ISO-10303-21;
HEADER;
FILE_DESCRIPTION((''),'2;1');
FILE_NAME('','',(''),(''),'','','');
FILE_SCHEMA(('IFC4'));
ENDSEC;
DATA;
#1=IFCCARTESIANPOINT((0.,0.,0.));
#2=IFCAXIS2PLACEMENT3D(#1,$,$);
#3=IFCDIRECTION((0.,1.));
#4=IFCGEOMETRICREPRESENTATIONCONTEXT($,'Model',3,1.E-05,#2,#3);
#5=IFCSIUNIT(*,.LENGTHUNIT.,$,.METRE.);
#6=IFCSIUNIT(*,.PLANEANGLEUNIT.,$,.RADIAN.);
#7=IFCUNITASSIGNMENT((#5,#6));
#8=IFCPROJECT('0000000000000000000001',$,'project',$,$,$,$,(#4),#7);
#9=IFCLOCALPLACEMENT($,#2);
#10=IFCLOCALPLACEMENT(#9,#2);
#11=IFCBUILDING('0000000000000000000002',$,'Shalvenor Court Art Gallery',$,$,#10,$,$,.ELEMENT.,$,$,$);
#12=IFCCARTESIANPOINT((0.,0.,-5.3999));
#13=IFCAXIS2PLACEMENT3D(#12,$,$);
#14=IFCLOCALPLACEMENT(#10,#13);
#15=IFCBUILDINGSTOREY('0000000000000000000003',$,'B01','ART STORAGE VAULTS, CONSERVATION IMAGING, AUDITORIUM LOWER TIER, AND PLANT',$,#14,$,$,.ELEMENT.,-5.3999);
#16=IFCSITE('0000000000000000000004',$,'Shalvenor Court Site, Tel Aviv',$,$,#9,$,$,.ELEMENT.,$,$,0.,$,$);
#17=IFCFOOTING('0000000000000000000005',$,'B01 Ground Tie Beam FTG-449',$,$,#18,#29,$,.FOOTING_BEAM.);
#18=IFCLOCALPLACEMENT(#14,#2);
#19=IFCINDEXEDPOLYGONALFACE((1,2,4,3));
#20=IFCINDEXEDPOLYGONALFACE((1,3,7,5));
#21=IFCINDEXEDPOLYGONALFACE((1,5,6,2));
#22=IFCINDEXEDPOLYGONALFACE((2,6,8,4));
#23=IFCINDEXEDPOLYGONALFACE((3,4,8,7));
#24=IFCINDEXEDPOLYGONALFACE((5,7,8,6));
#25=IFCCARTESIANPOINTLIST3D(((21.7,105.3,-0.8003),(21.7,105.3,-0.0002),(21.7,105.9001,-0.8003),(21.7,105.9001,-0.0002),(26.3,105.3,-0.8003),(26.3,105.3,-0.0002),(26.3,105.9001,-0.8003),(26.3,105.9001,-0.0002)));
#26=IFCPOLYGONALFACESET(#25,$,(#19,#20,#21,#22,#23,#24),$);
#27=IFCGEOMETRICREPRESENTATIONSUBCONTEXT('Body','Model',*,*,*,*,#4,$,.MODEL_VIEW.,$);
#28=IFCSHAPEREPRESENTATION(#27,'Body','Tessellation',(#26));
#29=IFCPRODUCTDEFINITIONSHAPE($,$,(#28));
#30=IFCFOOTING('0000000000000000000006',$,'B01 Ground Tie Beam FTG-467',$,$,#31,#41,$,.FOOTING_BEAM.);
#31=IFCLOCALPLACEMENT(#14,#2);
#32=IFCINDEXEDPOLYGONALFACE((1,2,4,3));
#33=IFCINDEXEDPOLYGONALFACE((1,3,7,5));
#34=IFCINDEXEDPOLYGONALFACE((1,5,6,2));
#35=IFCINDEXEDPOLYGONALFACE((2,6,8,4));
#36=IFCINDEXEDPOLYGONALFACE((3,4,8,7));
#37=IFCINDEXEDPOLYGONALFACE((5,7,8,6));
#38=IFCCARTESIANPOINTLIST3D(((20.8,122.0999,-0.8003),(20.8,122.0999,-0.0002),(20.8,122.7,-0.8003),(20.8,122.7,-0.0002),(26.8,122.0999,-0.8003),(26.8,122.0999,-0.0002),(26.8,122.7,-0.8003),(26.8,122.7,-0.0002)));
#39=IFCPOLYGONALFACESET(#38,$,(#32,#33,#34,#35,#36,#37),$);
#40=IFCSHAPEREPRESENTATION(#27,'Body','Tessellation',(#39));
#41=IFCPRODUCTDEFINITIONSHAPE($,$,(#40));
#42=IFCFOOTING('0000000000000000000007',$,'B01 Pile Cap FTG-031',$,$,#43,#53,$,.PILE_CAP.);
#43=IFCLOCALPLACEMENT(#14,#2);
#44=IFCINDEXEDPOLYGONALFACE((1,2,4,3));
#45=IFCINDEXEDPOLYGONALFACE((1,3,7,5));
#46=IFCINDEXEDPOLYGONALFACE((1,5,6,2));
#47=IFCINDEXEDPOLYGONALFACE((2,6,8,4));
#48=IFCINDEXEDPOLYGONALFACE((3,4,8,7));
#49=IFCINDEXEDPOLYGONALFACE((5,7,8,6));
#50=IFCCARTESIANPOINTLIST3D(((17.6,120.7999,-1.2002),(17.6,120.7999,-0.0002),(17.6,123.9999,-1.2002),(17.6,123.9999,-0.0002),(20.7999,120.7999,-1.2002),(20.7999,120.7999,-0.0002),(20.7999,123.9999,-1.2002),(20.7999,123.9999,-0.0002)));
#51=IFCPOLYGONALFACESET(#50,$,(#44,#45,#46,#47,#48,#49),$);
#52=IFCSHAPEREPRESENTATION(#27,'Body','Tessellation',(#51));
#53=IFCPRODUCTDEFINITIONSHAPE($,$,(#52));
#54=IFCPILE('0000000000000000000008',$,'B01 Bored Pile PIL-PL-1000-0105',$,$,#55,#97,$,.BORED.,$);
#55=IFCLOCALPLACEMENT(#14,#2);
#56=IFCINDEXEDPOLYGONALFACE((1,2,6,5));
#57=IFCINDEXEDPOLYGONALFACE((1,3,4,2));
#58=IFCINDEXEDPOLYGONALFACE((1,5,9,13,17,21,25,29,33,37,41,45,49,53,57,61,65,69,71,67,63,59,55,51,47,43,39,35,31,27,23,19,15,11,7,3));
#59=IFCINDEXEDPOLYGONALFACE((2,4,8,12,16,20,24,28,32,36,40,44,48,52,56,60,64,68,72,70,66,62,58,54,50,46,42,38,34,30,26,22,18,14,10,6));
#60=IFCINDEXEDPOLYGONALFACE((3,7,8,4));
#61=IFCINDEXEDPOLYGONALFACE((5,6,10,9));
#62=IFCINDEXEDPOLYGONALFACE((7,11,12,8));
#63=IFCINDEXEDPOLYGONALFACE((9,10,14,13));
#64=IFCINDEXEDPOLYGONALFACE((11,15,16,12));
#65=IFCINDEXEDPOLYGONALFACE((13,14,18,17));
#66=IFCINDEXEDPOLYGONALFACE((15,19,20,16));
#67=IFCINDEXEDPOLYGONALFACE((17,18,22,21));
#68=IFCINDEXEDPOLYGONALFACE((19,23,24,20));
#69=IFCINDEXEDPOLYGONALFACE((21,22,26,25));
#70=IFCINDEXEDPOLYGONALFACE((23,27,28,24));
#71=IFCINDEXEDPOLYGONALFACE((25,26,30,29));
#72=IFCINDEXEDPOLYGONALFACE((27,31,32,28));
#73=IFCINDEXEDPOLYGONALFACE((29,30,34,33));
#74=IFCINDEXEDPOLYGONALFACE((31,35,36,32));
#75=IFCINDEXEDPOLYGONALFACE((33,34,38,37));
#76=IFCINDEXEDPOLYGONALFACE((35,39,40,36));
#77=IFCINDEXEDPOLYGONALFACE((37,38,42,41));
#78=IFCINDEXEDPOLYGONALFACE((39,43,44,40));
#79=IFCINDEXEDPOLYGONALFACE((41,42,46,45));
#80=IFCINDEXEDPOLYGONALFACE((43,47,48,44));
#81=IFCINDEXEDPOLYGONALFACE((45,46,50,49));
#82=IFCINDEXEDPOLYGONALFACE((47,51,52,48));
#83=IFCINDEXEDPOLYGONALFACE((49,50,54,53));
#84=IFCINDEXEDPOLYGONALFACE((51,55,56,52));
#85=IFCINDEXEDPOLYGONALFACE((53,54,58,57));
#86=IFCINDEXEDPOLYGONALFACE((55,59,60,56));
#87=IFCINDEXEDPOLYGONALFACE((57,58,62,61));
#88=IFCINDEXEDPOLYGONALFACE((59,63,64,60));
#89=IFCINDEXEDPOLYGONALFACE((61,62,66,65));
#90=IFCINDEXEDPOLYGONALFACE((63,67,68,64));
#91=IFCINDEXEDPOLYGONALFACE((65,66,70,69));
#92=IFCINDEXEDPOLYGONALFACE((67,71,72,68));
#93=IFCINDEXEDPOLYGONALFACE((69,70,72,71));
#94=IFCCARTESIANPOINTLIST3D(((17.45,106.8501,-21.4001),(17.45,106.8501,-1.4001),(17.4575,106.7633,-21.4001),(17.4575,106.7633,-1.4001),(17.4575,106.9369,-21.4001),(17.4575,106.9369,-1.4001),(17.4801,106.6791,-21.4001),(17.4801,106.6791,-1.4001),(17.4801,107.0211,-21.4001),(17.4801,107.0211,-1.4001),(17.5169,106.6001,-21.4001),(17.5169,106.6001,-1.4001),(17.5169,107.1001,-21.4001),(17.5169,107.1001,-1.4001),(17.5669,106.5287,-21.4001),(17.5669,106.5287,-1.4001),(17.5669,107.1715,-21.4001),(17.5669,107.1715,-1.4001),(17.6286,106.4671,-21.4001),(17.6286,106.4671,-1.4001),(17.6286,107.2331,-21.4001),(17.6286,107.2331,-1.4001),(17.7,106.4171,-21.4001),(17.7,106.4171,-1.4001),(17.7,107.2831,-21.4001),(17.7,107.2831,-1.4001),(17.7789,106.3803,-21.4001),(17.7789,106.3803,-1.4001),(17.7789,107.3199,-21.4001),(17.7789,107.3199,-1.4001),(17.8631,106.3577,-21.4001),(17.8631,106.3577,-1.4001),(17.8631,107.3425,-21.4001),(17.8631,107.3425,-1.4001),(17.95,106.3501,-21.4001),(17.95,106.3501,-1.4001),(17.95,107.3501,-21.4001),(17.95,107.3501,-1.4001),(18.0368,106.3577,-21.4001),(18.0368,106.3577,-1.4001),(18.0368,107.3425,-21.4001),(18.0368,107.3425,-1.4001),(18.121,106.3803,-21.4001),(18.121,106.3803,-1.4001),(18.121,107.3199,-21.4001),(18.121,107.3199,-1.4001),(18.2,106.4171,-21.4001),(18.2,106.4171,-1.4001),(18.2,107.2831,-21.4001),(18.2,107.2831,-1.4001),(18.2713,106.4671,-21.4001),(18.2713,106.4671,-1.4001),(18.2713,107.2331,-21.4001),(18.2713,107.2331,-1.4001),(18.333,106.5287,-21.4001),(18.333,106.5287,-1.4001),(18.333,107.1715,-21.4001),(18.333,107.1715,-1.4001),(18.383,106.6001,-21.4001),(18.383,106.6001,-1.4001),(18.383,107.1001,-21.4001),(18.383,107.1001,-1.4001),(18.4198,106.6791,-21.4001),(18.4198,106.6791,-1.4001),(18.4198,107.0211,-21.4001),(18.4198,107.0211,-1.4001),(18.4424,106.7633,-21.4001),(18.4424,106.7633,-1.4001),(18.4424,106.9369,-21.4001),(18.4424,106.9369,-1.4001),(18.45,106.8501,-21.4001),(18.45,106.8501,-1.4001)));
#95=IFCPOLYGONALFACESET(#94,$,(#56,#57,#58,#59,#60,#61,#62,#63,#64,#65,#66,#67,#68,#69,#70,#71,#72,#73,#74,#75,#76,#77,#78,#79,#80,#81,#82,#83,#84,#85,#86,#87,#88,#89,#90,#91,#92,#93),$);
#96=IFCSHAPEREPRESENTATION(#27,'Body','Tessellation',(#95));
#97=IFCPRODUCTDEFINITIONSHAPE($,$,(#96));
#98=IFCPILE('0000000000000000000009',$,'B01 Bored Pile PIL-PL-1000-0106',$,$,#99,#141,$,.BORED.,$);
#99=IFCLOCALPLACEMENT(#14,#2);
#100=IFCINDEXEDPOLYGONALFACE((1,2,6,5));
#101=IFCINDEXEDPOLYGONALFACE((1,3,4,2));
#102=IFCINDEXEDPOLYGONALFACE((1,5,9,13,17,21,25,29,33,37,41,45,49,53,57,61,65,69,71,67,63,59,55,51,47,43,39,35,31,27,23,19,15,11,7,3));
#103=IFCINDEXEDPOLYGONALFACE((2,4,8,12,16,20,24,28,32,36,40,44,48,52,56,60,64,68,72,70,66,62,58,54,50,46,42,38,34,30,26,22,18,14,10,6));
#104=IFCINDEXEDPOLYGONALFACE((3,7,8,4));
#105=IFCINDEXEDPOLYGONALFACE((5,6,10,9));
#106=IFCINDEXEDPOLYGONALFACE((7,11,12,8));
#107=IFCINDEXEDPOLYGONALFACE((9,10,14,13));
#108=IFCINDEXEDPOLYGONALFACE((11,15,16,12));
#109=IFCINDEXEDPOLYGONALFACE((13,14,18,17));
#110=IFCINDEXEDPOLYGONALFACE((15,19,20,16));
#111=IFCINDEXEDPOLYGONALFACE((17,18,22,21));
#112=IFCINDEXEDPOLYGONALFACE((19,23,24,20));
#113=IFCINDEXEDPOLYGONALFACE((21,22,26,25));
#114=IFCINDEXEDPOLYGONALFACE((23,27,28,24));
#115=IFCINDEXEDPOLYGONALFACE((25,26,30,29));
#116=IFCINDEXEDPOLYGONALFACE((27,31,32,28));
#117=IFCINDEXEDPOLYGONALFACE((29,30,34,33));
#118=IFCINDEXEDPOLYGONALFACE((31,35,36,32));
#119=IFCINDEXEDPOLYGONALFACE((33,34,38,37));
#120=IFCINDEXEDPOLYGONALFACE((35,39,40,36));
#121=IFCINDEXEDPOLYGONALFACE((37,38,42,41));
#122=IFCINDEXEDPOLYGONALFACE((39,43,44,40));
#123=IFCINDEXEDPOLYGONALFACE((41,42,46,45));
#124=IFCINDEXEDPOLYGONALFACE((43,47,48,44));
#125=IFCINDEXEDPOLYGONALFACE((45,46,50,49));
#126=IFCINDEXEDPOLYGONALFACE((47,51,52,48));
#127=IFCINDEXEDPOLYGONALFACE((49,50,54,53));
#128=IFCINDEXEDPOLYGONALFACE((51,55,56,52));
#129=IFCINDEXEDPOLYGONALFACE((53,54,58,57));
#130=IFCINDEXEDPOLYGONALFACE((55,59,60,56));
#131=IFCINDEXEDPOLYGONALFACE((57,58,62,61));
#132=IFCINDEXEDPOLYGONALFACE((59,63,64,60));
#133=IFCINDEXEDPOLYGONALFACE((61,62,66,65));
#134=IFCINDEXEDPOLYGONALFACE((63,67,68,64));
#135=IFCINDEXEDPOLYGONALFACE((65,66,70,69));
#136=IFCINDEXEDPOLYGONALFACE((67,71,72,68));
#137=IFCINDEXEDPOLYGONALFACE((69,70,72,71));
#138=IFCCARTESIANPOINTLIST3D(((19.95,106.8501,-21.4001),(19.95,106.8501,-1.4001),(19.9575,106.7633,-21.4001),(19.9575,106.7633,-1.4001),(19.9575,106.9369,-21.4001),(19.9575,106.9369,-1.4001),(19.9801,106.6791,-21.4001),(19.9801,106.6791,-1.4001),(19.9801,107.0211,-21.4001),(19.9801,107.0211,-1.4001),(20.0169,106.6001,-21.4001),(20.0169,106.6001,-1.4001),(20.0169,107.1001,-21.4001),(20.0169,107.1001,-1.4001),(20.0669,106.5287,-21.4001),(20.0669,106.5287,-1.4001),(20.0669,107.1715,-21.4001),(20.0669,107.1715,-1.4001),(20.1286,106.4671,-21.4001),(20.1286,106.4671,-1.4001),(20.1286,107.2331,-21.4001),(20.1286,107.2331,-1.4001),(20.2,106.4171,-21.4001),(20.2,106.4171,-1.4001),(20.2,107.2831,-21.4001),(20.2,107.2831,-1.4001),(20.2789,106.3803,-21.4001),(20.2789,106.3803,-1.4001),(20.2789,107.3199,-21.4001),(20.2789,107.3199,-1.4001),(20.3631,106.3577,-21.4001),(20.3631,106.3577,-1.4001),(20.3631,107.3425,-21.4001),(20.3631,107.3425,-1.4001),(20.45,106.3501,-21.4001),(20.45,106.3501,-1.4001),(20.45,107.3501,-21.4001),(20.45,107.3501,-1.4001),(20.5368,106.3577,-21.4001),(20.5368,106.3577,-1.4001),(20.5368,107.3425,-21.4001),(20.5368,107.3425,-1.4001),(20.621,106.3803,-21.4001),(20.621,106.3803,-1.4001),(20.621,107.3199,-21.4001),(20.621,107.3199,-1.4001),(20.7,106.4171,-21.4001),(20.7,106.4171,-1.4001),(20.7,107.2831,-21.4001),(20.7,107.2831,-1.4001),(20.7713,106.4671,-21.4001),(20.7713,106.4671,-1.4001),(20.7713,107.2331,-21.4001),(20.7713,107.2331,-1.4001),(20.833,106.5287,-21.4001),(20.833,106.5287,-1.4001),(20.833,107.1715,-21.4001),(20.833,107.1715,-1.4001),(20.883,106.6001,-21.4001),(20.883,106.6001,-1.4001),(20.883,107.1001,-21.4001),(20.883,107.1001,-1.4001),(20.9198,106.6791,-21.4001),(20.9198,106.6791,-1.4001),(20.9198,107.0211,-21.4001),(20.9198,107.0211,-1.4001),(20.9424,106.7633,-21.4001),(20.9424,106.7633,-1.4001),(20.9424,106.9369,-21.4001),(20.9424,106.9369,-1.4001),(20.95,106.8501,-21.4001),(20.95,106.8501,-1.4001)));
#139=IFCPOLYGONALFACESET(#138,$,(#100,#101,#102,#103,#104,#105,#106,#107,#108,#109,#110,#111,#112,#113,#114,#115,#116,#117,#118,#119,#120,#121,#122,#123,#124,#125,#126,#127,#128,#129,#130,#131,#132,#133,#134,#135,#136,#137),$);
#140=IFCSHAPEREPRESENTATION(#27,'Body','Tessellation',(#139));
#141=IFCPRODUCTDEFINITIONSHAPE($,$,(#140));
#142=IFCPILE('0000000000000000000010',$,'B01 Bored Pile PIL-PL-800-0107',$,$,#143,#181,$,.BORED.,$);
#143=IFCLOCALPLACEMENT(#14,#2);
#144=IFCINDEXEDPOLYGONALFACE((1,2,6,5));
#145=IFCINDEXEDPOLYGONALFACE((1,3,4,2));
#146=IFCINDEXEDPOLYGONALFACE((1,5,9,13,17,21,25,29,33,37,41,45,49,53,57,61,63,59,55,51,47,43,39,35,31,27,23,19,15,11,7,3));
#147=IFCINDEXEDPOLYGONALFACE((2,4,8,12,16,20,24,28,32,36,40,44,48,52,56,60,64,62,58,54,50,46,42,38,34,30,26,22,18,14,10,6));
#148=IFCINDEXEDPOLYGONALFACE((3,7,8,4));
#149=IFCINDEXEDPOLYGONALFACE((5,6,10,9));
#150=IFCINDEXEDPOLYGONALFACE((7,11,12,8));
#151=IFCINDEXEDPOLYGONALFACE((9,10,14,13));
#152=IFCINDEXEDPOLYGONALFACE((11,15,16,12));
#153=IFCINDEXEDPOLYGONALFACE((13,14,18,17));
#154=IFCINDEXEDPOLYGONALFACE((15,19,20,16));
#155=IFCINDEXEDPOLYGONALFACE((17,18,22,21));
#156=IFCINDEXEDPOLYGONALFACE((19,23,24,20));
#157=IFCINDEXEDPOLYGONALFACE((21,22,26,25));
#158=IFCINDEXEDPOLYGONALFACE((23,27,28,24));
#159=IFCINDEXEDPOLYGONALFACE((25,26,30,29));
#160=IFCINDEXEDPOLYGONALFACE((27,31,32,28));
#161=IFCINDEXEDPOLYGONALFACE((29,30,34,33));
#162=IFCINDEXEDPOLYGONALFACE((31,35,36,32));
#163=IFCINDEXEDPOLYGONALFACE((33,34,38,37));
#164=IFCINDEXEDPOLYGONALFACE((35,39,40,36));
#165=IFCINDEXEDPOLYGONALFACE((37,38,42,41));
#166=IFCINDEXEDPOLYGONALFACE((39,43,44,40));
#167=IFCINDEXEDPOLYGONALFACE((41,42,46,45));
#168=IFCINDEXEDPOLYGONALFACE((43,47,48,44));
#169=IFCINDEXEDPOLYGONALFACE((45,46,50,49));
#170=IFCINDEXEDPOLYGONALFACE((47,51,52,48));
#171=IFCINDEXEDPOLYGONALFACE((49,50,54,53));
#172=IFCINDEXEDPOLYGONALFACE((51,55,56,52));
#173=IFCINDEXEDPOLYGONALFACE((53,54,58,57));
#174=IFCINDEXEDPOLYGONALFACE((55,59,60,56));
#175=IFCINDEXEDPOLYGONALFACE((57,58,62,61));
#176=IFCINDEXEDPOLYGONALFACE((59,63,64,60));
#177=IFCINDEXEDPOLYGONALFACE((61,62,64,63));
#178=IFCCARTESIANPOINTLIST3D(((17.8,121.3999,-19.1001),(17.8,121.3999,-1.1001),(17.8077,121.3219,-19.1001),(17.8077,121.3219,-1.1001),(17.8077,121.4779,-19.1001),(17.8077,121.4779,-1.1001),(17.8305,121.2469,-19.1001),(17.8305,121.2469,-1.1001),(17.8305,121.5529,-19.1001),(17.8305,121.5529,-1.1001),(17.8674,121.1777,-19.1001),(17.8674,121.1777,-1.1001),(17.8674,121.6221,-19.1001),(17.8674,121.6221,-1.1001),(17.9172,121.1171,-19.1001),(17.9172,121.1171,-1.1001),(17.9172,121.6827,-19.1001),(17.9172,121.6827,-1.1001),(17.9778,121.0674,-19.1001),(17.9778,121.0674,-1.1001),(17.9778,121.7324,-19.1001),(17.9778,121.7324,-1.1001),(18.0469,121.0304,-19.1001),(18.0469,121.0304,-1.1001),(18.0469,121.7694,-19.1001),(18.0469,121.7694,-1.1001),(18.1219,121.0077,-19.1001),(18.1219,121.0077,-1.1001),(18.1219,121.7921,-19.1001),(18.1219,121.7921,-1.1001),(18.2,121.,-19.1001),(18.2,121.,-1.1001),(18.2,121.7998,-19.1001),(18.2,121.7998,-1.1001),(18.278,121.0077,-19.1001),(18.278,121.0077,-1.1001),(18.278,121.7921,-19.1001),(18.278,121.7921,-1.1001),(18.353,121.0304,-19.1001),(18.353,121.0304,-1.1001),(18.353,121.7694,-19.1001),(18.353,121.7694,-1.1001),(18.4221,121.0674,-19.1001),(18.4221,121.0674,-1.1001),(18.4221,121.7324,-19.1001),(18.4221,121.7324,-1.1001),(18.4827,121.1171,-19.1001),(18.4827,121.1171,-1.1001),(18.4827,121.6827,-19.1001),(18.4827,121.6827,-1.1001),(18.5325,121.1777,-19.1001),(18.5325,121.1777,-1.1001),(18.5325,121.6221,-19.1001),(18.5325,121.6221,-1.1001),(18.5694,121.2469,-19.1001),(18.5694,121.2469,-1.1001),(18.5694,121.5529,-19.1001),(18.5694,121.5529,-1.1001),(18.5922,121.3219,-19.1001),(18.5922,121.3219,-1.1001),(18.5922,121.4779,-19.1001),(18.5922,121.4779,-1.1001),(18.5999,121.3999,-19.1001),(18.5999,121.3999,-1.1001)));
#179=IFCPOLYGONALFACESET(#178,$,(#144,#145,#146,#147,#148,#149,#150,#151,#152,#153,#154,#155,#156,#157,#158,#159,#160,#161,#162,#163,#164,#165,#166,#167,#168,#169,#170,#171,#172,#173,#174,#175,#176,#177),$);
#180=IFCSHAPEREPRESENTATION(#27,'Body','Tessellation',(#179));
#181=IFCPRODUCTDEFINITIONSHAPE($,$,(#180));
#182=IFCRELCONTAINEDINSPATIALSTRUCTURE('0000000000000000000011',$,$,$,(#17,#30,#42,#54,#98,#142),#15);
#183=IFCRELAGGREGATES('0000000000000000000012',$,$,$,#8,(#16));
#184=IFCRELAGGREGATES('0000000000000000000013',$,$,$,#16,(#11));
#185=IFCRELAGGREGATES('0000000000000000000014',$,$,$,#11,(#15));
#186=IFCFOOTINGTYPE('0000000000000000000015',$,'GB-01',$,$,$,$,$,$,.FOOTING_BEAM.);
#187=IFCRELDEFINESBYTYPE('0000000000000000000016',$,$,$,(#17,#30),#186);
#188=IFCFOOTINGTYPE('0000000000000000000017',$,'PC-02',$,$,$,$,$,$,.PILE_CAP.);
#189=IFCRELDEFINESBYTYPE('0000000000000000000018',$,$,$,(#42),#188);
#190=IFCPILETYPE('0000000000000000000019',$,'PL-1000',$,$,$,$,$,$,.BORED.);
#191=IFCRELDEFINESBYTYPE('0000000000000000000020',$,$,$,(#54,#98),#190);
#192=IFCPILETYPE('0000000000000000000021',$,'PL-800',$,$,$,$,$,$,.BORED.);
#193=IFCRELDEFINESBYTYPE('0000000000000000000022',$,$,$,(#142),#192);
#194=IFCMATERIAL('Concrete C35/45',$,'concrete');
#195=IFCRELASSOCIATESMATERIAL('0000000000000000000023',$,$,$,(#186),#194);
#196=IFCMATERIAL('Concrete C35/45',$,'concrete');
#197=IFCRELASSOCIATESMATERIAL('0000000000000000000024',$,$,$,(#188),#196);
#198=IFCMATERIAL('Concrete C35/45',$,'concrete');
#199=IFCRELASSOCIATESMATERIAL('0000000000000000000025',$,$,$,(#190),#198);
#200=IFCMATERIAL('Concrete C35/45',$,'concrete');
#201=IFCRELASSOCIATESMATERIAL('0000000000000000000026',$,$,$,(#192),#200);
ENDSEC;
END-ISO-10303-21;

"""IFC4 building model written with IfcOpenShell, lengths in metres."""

from ifc_helpers import new_model, si_unit, direction, frame, origin, origin_2d, place, context, subcontext, project, spatial, rectangle, circle, extrude, material, material_profile, profile_set, type_object, element, save


model = new_model("IFC4")

# Units and contexts
model_context = context("Model", 3, precision=1e-05, world=origin(), true_north=direction((0.0, 1.0)))
body_context = subcontext(model_context, "Body", "Model", "MODEL_VIEW")
ifc_project = project(units=[si_unit("LENGTHUNIT", "METRE"), si_unit("PLANEANGLEUNIT", "RADIAN")], contexts=[model_context])

# Site, building, storey
site_placement = place(None, origin())
site = spatial("IfcSite", under=ifc_project, at=site_placement, Name="Shalvenor Court Site, Tel Aviv", CompositionType="ELEMENT", RefElevation=0.0)
building_placement = place(site_placement, origin())
building = spatial("IfcBuilding", under=site, at=building_placement, Name="Shalvenor Court Art Gallery", CompositionType="ELEMENT")
storey_placement = place(building_placement, frame((0.0, 0.0, -5.3999)))
storey = spatial("IfcBuildingStorey", under=building, at=storey_placement, Name="B01", Description="ART STORAGE VAULTS, CONSERVATION IMAGING, AUDITORIUM LOWER TIER, AND PLANT", CompositionType="ELEMENT", Elevation=-5.3999)

# Footings
ifc_material_1 = material(Name="Concrete C35/45", Category="concrete")
footing_type_1 = type_object("IfcFootingType", Name="GB-01", PredefinedType="FOOTING_BEAM", material=ifc_material_1)
footing_1_placement = place(storey_placement, frame((24.0, 105.6001, -0.8003), z_axis=(0.0, 0.0, 1.0), x_axis=(1.0, 0.0, 0.0)))
element("IfcFooting", 1, at=footing_1_placement, inside=storey, type_object=footing_type_1, Name="B01 Ground Tie Beam FTG-449", PredefinedType="FOOTING_BEAM", context=body_context, shape_type="SweptSolid", body=[
    extrude(rectangle(XDim=4.6001, YDim=0.6001, at=origin_2d()), origin(), (0.0, 0.0, 1.0), 0.8),
])
footing_2_placement = place(storey_placement, frame((23.8, 122.3999, -0.8003), z_axis=(0.0, 0.0, 1.0), x_axis=(1.0, 0.0, 0.0)))
element("IfcFooting", 2, at=footing_2_placement, inside=storey, type_object=footing_type_1, Name="B01 Ground Tie Beam FTG-467", PredefinedType="FOOTING_BEAM", context=body_context, shape_type="SweptSolid", body=[
    extrude(rectangle(XDim=6.0, YDim=0.6001, at=origin_2d()), origin(), (0.0, 0.0, 1.0), 0.8),
])
ifc_material_2 = material(Name="Concrete C35/45", Category="concrete")
footing_type_2 = type_object("IfcFootingType", Name="PC-02", PredefinedType="PILE_CAP", material=ifc_material_2)
footing_3_placement = place(storey_placement, frame((19.2, 122.3999, -1.2002), z_axis=(0.0, 0.0, 1.0), x_axis=(1.0, 0.0, 0.0)))
element("IfcFooting", 3, at=footing_3_placement, inside=storey, type_object=footing_type_2, Name="B01 Pile Cap FTG-031", PredefinedType="PILE_CAP", context=body_context, shape_type="SweptSolid", body=[
    extrude(rectangle(XDim=3.2, YDim=3.2, at=origin_2d()), origin(), (0.0, 0.0, 1.0), 1.2),
])

# Piles
ifc_material_3 = material(Name="Concrete C35/45", Category="concrete")
ifc_material_profile_1 = material_profile(ifc_material_3, circle(Radius=0.5, at=origin_2d()), Name="PILE 1000")
ifc_profile_set_1 = profile_set([ifc_material_profile_1], Name="Concrete C35/45")
pile_type_1 = type_object("IfcPileType", Name="PL-1000", PredefinedType="BORED", material=ifc_profile_set_1)
for number, where, z_axis, x_axis, name in (
    (4, (17.95, 106.8501, -1.4001), (0.0, 0.0, -1.0), (1.0, 0.0, 0.0), "B01 Bored Pile PIL-PL-1000-0105"),
    (5, (20.45, 106.8501, -1.4001), (0.0, 0.0, -1.0), (1.0, 0.0, 0.0), "B01 Bored Pile PIL-PL-1000-0106"),
):
    element("IfcPile", number, at=place(storey_placement, frame(where, z_axis=z_axis, x_axis=x_axis)), inside=storey, type_object=pile_type_1, Name=name, PredefinedType="BORED", context=body_context, shape_type="SweptSolid", body=[
        extrude(circle(Radius=0.5, at=origin_2d()), origin(), (0.0, 0.0, 1.0), 20.0),
    ])
ifc_material_4 = material(Name="Concrete C35/45", Category="concrete")
ifc_material_profile_2 = material_profile(ifc_material_4, circle(Radius=0.3999, at=origin_2d()), Name="PILE 800")
ifc_profile_set_2 = profile_set([ifc_material_profile_2], Name="Concrete C35/45")
pile_type_2 = type_object("IfcPileType", Name="PL-800", PredefinedType="BORED", material=ifc_profile_set_2)
for number, where, z_axis, x_axis, name in (
    (6, (18.2, 121.3999, -1.1001), (0.0, 0.0, -1.0), (1.0, 0.0, 0.0), "B01 Bored Pile PIL-PL-800-0107"),
):
    element("IfcPile", number, at=place(storey_placement, frame(where, z_axis=z_axis, x_axis=x_axis)), inside=storey, type_object=pile_type_2, Name=name, PredefinedType="BORED", context=body_context, shape_type="SweptSolid", body=[
        extrude(circle(Radius=0.3999, at=origin_2d()), origin(), (0.0, 0.0, 1.0), 18.0),
    ])

save(model, "model.ifc")
